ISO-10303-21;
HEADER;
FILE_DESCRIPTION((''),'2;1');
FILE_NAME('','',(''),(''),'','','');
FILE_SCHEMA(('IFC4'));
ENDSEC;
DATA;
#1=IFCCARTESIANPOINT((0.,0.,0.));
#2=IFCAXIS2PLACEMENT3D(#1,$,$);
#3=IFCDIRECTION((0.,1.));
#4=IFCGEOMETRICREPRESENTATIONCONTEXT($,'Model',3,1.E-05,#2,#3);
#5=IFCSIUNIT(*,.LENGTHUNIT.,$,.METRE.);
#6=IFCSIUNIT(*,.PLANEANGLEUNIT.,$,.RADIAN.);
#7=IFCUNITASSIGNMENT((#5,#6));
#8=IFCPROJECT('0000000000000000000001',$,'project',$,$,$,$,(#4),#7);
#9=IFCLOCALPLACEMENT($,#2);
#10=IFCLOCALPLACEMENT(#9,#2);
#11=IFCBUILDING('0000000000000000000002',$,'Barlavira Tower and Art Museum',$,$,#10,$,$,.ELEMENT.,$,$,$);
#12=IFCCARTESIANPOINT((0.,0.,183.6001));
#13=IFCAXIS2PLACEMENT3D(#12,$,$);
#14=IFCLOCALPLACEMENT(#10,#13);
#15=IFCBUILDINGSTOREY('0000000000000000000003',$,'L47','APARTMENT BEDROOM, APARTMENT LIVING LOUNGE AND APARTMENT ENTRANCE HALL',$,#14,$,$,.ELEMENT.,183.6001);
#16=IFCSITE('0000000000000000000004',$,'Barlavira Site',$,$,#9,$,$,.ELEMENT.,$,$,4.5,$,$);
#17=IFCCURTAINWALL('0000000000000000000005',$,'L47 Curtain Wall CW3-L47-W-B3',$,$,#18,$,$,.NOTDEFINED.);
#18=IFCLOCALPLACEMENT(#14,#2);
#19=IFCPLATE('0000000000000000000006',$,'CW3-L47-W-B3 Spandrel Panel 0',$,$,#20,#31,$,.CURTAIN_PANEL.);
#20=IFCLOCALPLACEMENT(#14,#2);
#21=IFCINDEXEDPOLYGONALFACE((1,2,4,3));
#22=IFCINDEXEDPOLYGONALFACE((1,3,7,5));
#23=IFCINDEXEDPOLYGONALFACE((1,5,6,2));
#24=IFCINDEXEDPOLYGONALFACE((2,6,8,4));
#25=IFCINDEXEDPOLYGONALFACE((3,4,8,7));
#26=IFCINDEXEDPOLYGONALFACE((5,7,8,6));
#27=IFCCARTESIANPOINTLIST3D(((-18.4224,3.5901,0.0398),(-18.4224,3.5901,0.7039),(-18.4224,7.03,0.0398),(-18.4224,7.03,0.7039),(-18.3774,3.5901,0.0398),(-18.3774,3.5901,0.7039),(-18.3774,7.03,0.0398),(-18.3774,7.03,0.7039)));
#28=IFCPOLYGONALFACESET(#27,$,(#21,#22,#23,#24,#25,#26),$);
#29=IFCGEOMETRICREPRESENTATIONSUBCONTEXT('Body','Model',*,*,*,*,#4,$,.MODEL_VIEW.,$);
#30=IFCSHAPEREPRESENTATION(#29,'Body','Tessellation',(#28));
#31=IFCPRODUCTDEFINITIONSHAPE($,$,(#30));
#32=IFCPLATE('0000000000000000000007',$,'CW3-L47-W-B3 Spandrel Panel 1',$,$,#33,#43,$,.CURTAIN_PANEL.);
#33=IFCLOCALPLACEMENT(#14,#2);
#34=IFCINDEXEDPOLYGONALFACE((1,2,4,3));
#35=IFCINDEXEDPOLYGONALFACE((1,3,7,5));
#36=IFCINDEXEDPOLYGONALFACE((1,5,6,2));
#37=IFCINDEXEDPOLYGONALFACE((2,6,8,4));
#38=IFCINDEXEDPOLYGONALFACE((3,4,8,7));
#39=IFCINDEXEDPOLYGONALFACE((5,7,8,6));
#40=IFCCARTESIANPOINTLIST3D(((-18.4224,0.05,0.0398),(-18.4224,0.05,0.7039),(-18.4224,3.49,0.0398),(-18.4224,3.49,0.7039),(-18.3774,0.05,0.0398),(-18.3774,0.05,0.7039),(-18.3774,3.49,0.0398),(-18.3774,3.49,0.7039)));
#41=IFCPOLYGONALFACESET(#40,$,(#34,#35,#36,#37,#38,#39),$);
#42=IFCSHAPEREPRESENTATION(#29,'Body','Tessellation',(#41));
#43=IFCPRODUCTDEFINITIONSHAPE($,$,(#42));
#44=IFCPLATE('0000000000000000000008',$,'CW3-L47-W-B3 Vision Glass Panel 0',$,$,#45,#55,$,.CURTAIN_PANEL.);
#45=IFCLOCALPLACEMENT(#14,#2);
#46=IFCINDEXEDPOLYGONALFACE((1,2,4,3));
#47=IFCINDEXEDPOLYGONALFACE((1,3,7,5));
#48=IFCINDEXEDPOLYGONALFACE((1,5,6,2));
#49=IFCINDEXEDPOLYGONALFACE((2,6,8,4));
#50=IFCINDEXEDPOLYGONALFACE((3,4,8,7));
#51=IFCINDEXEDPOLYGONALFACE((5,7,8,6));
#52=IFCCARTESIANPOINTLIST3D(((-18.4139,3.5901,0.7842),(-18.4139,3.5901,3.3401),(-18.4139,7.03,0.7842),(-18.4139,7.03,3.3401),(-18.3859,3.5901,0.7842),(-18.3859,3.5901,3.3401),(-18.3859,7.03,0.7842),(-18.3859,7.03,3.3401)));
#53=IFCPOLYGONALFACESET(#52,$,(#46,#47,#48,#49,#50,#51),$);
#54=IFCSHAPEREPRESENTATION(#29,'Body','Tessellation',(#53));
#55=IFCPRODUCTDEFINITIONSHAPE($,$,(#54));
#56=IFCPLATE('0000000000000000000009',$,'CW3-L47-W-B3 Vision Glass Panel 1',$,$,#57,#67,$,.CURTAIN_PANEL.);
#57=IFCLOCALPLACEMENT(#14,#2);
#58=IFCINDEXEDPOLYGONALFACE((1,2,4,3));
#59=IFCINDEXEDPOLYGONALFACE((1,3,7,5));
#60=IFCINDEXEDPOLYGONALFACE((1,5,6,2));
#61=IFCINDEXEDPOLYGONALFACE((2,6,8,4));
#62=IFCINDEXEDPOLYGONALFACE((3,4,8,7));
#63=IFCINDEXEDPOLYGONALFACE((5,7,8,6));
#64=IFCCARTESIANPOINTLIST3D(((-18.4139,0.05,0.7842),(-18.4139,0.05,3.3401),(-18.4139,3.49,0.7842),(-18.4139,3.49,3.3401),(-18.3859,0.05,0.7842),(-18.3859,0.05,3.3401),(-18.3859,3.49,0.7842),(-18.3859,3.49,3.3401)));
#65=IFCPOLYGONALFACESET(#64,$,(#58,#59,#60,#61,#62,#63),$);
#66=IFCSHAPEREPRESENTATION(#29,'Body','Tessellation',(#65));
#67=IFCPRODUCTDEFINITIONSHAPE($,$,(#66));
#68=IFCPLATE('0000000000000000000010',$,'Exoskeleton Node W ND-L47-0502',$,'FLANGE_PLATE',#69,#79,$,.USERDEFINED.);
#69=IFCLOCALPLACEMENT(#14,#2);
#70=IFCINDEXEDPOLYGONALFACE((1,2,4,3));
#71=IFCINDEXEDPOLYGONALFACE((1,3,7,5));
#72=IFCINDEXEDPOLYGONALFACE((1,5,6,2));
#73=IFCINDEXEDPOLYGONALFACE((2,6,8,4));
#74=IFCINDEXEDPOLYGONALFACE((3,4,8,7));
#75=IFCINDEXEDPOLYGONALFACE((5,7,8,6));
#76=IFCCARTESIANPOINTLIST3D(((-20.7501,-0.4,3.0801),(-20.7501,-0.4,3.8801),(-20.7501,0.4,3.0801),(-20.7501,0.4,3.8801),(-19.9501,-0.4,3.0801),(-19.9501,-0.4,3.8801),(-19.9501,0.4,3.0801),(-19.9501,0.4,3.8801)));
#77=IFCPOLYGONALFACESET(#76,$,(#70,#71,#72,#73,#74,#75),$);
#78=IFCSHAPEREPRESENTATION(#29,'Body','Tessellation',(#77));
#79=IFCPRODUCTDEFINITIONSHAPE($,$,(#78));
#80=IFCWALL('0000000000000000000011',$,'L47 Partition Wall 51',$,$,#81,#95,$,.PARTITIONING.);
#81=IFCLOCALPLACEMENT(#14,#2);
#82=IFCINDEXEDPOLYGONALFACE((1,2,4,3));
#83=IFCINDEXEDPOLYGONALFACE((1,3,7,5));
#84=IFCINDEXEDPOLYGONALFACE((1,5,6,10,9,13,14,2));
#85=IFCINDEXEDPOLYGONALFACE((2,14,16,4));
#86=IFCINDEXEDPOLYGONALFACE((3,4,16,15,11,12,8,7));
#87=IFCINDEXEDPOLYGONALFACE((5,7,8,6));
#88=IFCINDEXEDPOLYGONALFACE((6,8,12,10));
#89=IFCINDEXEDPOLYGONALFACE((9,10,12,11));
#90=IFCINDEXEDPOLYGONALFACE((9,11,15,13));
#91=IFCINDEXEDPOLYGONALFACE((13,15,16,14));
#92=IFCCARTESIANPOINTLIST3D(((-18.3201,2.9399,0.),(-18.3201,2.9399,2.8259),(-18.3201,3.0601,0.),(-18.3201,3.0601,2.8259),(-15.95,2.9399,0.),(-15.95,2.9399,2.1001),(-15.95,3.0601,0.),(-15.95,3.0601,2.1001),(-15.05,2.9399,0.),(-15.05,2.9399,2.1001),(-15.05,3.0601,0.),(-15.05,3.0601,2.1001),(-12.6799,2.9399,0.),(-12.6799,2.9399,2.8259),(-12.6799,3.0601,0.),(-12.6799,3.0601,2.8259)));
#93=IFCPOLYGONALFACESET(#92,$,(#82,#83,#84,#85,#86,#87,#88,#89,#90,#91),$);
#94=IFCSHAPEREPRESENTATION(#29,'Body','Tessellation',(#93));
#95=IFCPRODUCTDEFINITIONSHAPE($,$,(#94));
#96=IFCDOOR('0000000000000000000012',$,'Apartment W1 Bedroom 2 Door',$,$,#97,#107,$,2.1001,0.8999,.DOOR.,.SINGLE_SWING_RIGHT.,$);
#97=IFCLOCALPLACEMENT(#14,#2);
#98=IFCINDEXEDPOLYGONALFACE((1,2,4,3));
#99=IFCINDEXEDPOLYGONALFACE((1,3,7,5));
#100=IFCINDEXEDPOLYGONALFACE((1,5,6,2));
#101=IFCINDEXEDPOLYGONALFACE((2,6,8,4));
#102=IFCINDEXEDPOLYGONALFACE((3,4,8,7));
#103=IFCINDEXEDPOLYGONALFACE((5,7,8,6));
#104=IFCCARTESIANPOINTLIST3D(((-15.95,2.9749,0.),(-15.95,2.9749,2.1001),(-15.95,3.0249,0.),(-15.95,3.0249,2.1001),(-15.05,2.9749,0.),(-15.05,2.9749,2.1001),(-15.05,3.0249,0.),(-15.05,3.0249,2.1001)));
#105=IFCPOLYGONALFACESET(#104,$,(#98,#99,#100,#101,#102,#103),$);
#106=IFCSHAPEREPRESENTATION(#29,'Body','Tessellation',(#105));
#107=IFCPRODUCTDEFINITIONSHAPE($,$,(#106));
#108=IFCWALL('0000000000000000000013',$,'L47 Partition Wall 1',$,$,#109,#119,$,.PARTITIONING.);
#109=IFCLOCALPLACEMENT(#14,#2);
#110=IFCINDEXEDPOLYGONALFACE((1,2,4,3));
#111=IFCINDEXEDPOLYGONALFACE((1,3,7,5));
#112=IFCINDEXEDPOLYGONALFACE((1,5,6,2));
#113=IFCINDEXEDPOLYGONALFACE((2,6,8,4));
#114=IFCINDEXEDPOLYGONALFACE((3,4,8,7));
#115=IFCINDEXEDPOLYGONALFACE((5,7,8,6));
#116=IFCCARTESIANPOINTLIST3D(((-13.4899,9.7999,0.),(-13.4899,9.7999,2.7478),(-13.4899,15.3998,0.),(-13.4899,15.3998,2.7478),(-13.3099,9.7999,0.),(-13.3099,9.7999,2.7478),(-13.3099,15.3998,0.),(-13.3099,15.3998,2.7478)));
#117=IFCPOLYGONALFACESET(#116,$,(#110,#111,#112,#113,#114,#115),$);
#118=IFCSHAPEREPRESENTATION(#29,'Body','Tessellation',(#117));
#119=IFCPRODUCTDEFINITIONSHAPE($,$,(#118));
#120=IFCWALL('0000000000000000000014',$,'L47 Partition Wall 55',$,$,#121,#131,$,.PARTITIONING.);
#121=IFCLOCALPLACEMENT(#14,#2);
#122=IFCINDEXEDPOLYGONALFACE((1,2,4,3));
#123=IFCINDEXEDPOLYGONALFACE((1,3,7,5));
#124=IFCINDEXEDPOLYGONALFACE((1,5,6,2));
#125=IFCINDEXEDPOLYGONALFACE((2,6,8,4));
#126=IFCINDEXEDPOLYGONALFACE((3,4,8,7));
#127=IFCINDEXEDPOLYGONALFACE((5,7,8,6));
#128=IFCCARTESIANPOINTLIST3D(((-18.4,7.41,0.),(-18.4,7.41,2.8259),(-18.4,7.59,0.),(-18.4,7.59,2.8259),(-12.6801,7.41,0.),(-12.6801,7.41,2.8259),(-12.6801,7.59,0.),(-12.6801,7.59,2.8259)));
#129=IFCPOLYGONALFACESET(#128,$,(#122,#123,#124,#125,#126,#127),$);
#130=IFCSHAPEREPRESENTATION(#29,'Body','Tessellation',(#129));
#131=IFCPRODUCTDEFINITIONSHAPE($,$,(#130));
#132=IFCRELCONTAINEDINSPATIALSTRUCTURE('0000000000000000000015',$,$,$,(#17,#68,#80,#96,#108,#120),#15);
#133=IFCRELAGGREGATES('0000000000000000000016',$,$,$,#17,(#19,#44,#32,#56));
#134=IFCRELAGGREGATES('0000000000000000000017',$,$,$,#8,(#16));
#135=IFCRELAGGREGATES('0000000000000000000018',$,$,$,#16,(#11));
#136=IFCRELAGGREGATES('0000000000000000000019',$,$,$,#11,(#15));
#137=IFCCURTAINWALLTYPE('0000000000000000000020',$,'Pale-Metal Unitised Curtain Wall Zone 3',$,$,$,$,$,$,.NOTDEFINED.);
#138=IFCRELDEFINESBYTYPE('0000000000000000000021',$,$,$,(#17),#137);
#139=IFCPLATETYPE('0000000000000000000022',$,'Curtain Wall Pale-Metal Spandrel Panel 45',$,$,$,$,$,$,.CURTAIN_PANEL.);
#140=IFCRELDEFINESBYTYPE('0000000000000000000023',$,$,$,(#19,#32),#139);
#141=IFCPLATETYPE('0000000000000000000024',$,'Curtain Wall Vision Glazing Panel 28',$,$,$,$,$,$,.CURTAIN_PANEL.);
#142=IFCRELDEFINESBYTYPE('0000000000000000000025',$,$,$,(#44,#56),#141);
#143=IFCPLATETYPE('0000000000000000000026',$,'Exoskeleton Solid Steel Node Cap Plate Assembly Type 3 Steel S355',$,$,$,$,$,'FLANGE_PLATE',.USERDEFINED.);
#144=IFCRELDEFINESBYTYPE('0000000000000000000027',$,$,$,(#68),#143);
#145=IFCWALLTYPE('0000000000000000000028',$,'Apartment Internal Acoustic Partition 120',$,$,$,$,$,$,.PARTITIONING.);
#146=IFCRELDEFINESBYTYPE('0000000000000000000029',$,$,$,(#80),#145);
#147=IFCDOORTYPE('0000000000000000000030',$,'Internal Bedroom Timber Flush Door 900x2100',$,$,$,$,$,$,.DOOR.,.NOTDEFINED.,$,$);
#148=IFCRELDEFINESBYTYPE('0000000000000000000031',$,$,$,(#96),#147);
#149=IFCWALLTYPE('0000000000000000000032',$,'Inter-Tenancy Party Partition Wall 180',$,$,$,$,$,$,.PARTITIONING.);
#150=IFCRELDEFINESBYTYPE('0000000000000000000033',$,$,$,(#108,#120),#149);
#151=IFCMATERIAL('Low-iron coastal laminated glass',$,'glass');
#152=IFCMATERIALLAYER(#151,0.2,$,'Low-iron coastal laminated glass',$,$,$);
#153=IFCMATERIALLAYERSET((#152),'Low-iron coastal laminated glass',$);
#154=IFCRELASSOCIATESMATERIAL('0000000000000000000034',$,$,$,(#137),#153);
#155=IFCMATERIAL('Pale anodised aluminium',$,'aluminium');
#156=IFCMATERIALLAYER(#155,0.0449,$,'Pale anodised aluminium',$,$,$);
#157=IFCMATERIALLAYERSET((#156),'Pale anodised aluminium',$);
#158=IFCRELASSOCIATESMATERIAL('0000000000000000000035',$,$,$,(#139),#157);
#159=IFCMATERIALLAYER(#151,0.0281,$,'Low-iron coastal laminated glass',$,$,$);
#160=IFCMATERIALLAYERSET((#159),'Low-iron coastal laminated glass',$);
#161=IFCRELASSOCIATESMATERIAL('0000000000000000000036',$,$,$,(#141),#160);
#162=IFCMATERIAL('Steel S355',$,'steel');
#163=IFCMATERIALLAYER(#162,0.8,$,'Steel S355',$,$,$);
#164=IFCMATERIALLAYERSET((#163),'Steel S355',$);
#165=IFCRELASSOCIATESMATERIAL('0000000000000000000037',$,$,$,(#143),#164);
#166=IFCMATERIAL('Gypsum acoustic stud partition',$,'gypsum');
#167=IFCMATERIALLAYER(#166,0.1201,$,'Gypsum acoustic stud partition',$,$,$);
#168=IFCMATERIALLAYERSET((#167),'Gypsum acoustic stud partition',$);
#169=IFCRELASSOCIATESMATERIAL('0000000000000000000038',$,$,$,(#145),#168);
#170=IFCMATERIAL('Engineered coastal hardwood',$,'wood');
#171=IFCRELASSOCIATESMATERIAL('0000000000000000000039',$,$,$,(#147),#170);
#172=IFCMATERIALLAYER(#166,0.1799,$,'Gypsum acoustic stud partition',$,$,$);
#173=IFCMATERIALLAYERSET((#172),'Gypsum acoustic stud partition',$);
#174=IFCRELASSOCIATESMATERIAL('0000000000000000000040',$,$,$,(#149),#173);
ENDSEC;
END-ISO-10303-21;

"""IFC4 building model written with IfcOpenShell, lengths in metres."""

from ifc_helpers import new_model, si_unit, direction, frame, frame_2d, origin, origin_2d, place, context, subcontext, project, spatial, rectangle, extrude, material, layer, layer_set, type_object, element, fill, aggregate, save


model = new_model("IFC4")

# Units and contexts
model_context = context("Model", 3, precision=1e-05, world=origin(), true_north=direction((0.0, 1.0)))
body_context = subcontext(model_context, "Body", "Model", "MODEL_VIEW")
ifc_project = project(units=[si_unit("LENGTHUNIT", "METRE"), si_unit("PLANEANGLEUNIT", "RADIAN")], contexts=[model_context])

# Site, building, storey
site_placement = place(None, origin())
site = spatial("IfcSite", under=ifc_project, at=site_placement, Name="Barlavira Site", CompositionType="ELEMENT", RefElevation=4.5)
building_placement = place(site_placement, origin())
building = spatial("IfcBuilding", under=site, at=building_placement, Name="Barlavira Tower and Art Museum", CompositionType="ELEMENT")
storey_placement = place(building_placement, frame((0.0, 0.0, 183.6001)))
storey = spatial("IfcBuildingStorey", under=building, at=storey_placement, Name="L47", Description="APARTMENT BEDROOM, APARTMENT LIVING LOUNGE AND APARTMENT ENTRANCE HALL", CompositionType="ELEMENT", Elevation=183.6001)

# Curtain wall
ifc_material_1 = material(Name="Low-iron coastal laminated glass", Category="glass")
ifc_layer_1 = layer(ifc_material_1, 0.2, Name="Low-iron coastal laminated glass")
ifc_layer_set_1 = layer_set([ifc_layer_1], Name="Low-iron coastal laminated glass")
curtain_wall_type = type_object("IfcCurtainWallType", Name="Pale-Metal Unitised Curtain Wall Zone 3", PredefinedType="NOTDEFINED", material=ifc_layer_set_1)
curtain_wall_placement = place(storey_placement, origin())
curtain_wall = element("IfcCurtainWall", 1, at=curtain_wall_placement, inside=storey, type_object=curtain_wall_type, Name="L47 Curtain Wall CW3-L47-W-B3", PredefinedType="NOTDEFINED")
ifc_material_2 = material(Name="Pale anodised aluminium", Category="aluminium")

# Shared definitions
ifc_material_3 = material(Name="Steel S355", Category="steel")

# Plates
ifc_layer_2 = layer(ifc_material_2, 0.0449, Name="Pale anodised aluminium")
ifc_layer_set_2 = layer_set([ifc_layer_2], Name="Pale anodised aluminium")
plate_type_1 = type_object("IfcPlateType", Name="Curtain Wall Pale-Metal Spandrel Panel 45", PredefinedType="CURTAIN_PANEL", material=ifc_layer_set_2)
plate_1_placement = place(storey_placement, frame((-18.3999, 5.3101, 0.0398), z_axis=(0.0, 0.0, 1.0), x_axis=(0.0, -1.0, 0.0)))
plate_1 = element("IfcPlate", 2, at=plate_1_placement, type_object=plate_type_1, Name="CW3-L47-W-B3 Spandrel Panel 0", PredefinedType="CURTAIN_PANEL", context=body_context, shape_type="SweptSolid", body=[
    extrude(rectangle(XDim=3.4399, YDim=0.0449, at=origin_2d()), origin(), (0.0, 0.0, 1.0), 0.6641),
])
plate_2_placement = place(storey_placement, frame((-18.3999, 1.77, 0.0398), z_axis=(0.0, 0.0, 1.0), x_axis=(0.0, -1.0, 0.0)))
plate_2 = element("IfcPlate", 3, at=plate_2_placement, type_object=plate_type_1, Name="CW3-L47-W-B3 Spandrel Panel 1", PredefinedType="CURTAIN_PANEL", context=body_context, shape_type="SweptSolid", body=[
    extrude(rectangle(XDim=3.4399, YDim=0.0449, at=origin_2d()), origin(), (0.0, 0.0, 1.0), 0.6641),
])
ifc_layer_3 = layer(ifc_material_1, 0.0281, Name="Low-iron coastal laminated glass")
ifc_layer_set_3 = layer_set([ifc_layer_3], Name="Low-iron coastal laminated glass")
plate_type_2 = type_object("IfcPlateType", Name="Curtain Wall Vision Glazing Panel 28", PredefinedType="CURTAIN_PANEL", material=ifc_layer_set_3)
plate_3_placement = place(storey_placement, frame((-18.3999, 5.3101, 0.7842), z_axis=(0.0, 0.0, 1.0), x_axis=(0.0, -1.0, 0.0)))
plate_3 = element("IfcPlate", 4, at=plate_3_placement, type_object=plate_type_2, Name="CW3-L47-W-B3 Vision Glass Panel 0", PredefinedType="CURTAIN_PANEL", context=body_context, shape_type="SweptSolid", body=[
    extrude(rectangle(XDim=3.4399, YDim=0.0281, at=origin_2d()), origin(), (0.0, 0.0, 1.0), 2.5559),
])
plate_4_placement = place(storey_placement, frame((-18.3999, 1.77, 0.7842), z_axis=(0.0, 0.0, 1.0), x_axis=(0.0, -1.0, 0.0)))
plate_4 = element("IfcPlate", 5, at=plate_4_placement, type_object=plate_type_2, Name="CW3-L47-W-B3 Vision Glass Panel 1", PredefinedType="CURTAIN_PANEL", context=body_context, shape_type="SweptSolid", body=[
    extrude(rectangle(XDim=3.4399, YDim=0.0281, at=origin_2d()), origin(), (0.0, 0.0, 1.0), 2.5559),
])
aggregate(curtain_wall, [plate_1, plate_3, plate_2, plate_4])
ifc_layer_4 = layer(ifc_material_3, 0.8, Name="Steel S355")
ifc_layer_set_4 = layer_set([ifc_layer_4], Name="Steel S355")
plate_type_3 = type_object("IfcPlateType", Name="Exoskeleton Solid Steel Node Cap Plate Assembly Type 3 Steel S355", ElementType="FLANGE_PLATE", PredefinedType="USERDEFINED", material=ifc_layer_set_4)
plate_5_placement = place(storey_placement, frame((-20.3501, 0.0, 3.0801), z_axis=(0.0, 0.0, 1.0), x_axis=(1.0, 0.0, 0.0)))
element("IfcPlate", 6, at=plate_5_placement, inside=storey, type_object=plate_type_3, Name="Exoskeleton Node W ND-L47-0502", ObjectType="FLANGE_PLATE", PredefinedType="USERDEFINED", context=body_context, shape_type="SweptSolid", body=[
    extrude(rectangle(XDim=0.8, YDim=0.8, at=origin_2d()), origin(), (0.0, 0.0, 1.0), 0.8),
])

# Wall, opening, door
ifc_material_4 = material(Name="Gypsum acoustic stud partition", Category="gypsum")
ifc_layer_5 = layer(ifc_material_4, 0.1201, Name="Gypsum acoustic stud partition")
ifc_layer_set_5 = layer_set([ifc_layer_5], Name="Gypsum acoustic stud partition")
wall_type_1 = type_object("IfcWallType", Name="Apartment Internal Acoustic Partition 120", PredefinedType="PARTITIONING", material=ifc_layer_set_5)
wall_1_placement = place(storey_placement, frame((-18.3201, 3.0, 0.0), z_axis=(0.0, 0.0, 1.0), x_axis=(1.0, 0.0, 0.0)))
wall_1 = element("IfcWall", 7, at=wall_1_placement, inside=storey, type_object=wall_type_1, Name="L47 Partition Wall 51", PredefinedType="PARTITIONING", context=body_context, shape_type="SweptSolid", body=[
    extrude(rectangle(XDim=5.6401, YDim=0.1201, at=frame_2d((2.8201, 0.0))), origin(), (0.0, 0.0, 1.0), 2.8259),
])
opening_placement = place(wall_1_placement, frame((2.3701, 0.0, 0.0)))
opening = element("IfcOpeningElement", 8, at=opening_placement, cuts=wall_1, PredefinedType="OPENING", context=body_context, shape_type="SweptSolid", body=[
    extrude(rectangle(XDim=0.8999, YDim=2.1001, at=frame_2d((0.45, 1.05))), frame((0.0, 0.0701, 0.0), z_axis=(0.0, -1.0, 0.0), x_axis=(1.0, 0.0, 0.0)), (0.0, 0.0, 1.0), 0.1401),
])
ifc_material_5 = material(Name="Engineered coastal hardwood", Category="wood")
door_type = type_object("IfcDoorType", Name="Internal Bedroom Timber Flush Door 900x2100", OperationType="NOTDEFINED", PredefinedType="DOOR", material=ifc_material_5)
door_placement = place(opening_placement, origin())
door = element("IfcDoor", 9, at=door_placement, inside=storey, type_object=door_type, Name="Apartment W1 Bedroom 2 Door", OperationType="SINGLE_SWING_RIGHT", OverallHeight=2.1001, OverallWidth=0.8999, PredefinedType="DOOR", context=body_context, shape_type="SweptSolid", body=[
    extrude(rectangle(XDim=0.8999, YDim=2.1001, at=frame_2d((0.45, 1.05))), frame((0.0, 0.0249, 0.0), z_axis=(0.0, -1.0, 0.0), x_axis=(1.0, 0.0, 0.0)), (0.0, 0.0, 1.0), 0.05),
])
fill(opening, door)

# Walls
ifc_layer_6 = layer(ifc_material_4, 0.1799, Name="Gypsum acoustic stud partition")
ifc_layer_set_6 = layer_set([ifc_layer_6], Name="Gypsum acoustic stud partition")
wall_type_2 = type_object("IfcWallType", Name="Inter-Tenancy Party Partition Wall 180", PredefinedType="PARTITIONING", material=ifc_layer_set_6)
wall_2_placement = place(storey_placement, frame((-13.3999, 9.8, 0.0), z_axis=(0.0, 0.0, 1.0), x_axis=(0.0, 1.0, 0.0)))
element("IfcWall", 10, at=wall_2_placement, inside=storey, type_object=wall_type_2, Name="L47 Partition Wall 1", PredefinedType="PARTITIONING", context=body_context, shape_type="SweptSolid", body=[
    extrude(rectangle(XDim=5.5999, YDim=0.1799, at=frame_2d((2.7998, 0.0))), origin(), (0.0, 0.0, 1.0), 2.7478),
])
wall_3_placement = place(storey_placement, frame((-18.3999, 7.5, 0.0), z_axis=(0.0, 0.0, 1.0), x_axis=(1.0, 0.0, 0.0)))
element("IfcWall", 11, at=wall_3_placement, inside=storey, type_object=wall_type_2, Name="L47 Partition Wall 55", PredefinedType="PARTITIONING", context=body_context, shape_type="SweptSolid", body=[
    extrude(rectangle(XDim=5.72, YDim=0.1799, at=frame_2d((2.8599, 0.0))), origin(), (0.0, 0.0, 1.0), 2.8259),
])

save(model, "model.ifc")
